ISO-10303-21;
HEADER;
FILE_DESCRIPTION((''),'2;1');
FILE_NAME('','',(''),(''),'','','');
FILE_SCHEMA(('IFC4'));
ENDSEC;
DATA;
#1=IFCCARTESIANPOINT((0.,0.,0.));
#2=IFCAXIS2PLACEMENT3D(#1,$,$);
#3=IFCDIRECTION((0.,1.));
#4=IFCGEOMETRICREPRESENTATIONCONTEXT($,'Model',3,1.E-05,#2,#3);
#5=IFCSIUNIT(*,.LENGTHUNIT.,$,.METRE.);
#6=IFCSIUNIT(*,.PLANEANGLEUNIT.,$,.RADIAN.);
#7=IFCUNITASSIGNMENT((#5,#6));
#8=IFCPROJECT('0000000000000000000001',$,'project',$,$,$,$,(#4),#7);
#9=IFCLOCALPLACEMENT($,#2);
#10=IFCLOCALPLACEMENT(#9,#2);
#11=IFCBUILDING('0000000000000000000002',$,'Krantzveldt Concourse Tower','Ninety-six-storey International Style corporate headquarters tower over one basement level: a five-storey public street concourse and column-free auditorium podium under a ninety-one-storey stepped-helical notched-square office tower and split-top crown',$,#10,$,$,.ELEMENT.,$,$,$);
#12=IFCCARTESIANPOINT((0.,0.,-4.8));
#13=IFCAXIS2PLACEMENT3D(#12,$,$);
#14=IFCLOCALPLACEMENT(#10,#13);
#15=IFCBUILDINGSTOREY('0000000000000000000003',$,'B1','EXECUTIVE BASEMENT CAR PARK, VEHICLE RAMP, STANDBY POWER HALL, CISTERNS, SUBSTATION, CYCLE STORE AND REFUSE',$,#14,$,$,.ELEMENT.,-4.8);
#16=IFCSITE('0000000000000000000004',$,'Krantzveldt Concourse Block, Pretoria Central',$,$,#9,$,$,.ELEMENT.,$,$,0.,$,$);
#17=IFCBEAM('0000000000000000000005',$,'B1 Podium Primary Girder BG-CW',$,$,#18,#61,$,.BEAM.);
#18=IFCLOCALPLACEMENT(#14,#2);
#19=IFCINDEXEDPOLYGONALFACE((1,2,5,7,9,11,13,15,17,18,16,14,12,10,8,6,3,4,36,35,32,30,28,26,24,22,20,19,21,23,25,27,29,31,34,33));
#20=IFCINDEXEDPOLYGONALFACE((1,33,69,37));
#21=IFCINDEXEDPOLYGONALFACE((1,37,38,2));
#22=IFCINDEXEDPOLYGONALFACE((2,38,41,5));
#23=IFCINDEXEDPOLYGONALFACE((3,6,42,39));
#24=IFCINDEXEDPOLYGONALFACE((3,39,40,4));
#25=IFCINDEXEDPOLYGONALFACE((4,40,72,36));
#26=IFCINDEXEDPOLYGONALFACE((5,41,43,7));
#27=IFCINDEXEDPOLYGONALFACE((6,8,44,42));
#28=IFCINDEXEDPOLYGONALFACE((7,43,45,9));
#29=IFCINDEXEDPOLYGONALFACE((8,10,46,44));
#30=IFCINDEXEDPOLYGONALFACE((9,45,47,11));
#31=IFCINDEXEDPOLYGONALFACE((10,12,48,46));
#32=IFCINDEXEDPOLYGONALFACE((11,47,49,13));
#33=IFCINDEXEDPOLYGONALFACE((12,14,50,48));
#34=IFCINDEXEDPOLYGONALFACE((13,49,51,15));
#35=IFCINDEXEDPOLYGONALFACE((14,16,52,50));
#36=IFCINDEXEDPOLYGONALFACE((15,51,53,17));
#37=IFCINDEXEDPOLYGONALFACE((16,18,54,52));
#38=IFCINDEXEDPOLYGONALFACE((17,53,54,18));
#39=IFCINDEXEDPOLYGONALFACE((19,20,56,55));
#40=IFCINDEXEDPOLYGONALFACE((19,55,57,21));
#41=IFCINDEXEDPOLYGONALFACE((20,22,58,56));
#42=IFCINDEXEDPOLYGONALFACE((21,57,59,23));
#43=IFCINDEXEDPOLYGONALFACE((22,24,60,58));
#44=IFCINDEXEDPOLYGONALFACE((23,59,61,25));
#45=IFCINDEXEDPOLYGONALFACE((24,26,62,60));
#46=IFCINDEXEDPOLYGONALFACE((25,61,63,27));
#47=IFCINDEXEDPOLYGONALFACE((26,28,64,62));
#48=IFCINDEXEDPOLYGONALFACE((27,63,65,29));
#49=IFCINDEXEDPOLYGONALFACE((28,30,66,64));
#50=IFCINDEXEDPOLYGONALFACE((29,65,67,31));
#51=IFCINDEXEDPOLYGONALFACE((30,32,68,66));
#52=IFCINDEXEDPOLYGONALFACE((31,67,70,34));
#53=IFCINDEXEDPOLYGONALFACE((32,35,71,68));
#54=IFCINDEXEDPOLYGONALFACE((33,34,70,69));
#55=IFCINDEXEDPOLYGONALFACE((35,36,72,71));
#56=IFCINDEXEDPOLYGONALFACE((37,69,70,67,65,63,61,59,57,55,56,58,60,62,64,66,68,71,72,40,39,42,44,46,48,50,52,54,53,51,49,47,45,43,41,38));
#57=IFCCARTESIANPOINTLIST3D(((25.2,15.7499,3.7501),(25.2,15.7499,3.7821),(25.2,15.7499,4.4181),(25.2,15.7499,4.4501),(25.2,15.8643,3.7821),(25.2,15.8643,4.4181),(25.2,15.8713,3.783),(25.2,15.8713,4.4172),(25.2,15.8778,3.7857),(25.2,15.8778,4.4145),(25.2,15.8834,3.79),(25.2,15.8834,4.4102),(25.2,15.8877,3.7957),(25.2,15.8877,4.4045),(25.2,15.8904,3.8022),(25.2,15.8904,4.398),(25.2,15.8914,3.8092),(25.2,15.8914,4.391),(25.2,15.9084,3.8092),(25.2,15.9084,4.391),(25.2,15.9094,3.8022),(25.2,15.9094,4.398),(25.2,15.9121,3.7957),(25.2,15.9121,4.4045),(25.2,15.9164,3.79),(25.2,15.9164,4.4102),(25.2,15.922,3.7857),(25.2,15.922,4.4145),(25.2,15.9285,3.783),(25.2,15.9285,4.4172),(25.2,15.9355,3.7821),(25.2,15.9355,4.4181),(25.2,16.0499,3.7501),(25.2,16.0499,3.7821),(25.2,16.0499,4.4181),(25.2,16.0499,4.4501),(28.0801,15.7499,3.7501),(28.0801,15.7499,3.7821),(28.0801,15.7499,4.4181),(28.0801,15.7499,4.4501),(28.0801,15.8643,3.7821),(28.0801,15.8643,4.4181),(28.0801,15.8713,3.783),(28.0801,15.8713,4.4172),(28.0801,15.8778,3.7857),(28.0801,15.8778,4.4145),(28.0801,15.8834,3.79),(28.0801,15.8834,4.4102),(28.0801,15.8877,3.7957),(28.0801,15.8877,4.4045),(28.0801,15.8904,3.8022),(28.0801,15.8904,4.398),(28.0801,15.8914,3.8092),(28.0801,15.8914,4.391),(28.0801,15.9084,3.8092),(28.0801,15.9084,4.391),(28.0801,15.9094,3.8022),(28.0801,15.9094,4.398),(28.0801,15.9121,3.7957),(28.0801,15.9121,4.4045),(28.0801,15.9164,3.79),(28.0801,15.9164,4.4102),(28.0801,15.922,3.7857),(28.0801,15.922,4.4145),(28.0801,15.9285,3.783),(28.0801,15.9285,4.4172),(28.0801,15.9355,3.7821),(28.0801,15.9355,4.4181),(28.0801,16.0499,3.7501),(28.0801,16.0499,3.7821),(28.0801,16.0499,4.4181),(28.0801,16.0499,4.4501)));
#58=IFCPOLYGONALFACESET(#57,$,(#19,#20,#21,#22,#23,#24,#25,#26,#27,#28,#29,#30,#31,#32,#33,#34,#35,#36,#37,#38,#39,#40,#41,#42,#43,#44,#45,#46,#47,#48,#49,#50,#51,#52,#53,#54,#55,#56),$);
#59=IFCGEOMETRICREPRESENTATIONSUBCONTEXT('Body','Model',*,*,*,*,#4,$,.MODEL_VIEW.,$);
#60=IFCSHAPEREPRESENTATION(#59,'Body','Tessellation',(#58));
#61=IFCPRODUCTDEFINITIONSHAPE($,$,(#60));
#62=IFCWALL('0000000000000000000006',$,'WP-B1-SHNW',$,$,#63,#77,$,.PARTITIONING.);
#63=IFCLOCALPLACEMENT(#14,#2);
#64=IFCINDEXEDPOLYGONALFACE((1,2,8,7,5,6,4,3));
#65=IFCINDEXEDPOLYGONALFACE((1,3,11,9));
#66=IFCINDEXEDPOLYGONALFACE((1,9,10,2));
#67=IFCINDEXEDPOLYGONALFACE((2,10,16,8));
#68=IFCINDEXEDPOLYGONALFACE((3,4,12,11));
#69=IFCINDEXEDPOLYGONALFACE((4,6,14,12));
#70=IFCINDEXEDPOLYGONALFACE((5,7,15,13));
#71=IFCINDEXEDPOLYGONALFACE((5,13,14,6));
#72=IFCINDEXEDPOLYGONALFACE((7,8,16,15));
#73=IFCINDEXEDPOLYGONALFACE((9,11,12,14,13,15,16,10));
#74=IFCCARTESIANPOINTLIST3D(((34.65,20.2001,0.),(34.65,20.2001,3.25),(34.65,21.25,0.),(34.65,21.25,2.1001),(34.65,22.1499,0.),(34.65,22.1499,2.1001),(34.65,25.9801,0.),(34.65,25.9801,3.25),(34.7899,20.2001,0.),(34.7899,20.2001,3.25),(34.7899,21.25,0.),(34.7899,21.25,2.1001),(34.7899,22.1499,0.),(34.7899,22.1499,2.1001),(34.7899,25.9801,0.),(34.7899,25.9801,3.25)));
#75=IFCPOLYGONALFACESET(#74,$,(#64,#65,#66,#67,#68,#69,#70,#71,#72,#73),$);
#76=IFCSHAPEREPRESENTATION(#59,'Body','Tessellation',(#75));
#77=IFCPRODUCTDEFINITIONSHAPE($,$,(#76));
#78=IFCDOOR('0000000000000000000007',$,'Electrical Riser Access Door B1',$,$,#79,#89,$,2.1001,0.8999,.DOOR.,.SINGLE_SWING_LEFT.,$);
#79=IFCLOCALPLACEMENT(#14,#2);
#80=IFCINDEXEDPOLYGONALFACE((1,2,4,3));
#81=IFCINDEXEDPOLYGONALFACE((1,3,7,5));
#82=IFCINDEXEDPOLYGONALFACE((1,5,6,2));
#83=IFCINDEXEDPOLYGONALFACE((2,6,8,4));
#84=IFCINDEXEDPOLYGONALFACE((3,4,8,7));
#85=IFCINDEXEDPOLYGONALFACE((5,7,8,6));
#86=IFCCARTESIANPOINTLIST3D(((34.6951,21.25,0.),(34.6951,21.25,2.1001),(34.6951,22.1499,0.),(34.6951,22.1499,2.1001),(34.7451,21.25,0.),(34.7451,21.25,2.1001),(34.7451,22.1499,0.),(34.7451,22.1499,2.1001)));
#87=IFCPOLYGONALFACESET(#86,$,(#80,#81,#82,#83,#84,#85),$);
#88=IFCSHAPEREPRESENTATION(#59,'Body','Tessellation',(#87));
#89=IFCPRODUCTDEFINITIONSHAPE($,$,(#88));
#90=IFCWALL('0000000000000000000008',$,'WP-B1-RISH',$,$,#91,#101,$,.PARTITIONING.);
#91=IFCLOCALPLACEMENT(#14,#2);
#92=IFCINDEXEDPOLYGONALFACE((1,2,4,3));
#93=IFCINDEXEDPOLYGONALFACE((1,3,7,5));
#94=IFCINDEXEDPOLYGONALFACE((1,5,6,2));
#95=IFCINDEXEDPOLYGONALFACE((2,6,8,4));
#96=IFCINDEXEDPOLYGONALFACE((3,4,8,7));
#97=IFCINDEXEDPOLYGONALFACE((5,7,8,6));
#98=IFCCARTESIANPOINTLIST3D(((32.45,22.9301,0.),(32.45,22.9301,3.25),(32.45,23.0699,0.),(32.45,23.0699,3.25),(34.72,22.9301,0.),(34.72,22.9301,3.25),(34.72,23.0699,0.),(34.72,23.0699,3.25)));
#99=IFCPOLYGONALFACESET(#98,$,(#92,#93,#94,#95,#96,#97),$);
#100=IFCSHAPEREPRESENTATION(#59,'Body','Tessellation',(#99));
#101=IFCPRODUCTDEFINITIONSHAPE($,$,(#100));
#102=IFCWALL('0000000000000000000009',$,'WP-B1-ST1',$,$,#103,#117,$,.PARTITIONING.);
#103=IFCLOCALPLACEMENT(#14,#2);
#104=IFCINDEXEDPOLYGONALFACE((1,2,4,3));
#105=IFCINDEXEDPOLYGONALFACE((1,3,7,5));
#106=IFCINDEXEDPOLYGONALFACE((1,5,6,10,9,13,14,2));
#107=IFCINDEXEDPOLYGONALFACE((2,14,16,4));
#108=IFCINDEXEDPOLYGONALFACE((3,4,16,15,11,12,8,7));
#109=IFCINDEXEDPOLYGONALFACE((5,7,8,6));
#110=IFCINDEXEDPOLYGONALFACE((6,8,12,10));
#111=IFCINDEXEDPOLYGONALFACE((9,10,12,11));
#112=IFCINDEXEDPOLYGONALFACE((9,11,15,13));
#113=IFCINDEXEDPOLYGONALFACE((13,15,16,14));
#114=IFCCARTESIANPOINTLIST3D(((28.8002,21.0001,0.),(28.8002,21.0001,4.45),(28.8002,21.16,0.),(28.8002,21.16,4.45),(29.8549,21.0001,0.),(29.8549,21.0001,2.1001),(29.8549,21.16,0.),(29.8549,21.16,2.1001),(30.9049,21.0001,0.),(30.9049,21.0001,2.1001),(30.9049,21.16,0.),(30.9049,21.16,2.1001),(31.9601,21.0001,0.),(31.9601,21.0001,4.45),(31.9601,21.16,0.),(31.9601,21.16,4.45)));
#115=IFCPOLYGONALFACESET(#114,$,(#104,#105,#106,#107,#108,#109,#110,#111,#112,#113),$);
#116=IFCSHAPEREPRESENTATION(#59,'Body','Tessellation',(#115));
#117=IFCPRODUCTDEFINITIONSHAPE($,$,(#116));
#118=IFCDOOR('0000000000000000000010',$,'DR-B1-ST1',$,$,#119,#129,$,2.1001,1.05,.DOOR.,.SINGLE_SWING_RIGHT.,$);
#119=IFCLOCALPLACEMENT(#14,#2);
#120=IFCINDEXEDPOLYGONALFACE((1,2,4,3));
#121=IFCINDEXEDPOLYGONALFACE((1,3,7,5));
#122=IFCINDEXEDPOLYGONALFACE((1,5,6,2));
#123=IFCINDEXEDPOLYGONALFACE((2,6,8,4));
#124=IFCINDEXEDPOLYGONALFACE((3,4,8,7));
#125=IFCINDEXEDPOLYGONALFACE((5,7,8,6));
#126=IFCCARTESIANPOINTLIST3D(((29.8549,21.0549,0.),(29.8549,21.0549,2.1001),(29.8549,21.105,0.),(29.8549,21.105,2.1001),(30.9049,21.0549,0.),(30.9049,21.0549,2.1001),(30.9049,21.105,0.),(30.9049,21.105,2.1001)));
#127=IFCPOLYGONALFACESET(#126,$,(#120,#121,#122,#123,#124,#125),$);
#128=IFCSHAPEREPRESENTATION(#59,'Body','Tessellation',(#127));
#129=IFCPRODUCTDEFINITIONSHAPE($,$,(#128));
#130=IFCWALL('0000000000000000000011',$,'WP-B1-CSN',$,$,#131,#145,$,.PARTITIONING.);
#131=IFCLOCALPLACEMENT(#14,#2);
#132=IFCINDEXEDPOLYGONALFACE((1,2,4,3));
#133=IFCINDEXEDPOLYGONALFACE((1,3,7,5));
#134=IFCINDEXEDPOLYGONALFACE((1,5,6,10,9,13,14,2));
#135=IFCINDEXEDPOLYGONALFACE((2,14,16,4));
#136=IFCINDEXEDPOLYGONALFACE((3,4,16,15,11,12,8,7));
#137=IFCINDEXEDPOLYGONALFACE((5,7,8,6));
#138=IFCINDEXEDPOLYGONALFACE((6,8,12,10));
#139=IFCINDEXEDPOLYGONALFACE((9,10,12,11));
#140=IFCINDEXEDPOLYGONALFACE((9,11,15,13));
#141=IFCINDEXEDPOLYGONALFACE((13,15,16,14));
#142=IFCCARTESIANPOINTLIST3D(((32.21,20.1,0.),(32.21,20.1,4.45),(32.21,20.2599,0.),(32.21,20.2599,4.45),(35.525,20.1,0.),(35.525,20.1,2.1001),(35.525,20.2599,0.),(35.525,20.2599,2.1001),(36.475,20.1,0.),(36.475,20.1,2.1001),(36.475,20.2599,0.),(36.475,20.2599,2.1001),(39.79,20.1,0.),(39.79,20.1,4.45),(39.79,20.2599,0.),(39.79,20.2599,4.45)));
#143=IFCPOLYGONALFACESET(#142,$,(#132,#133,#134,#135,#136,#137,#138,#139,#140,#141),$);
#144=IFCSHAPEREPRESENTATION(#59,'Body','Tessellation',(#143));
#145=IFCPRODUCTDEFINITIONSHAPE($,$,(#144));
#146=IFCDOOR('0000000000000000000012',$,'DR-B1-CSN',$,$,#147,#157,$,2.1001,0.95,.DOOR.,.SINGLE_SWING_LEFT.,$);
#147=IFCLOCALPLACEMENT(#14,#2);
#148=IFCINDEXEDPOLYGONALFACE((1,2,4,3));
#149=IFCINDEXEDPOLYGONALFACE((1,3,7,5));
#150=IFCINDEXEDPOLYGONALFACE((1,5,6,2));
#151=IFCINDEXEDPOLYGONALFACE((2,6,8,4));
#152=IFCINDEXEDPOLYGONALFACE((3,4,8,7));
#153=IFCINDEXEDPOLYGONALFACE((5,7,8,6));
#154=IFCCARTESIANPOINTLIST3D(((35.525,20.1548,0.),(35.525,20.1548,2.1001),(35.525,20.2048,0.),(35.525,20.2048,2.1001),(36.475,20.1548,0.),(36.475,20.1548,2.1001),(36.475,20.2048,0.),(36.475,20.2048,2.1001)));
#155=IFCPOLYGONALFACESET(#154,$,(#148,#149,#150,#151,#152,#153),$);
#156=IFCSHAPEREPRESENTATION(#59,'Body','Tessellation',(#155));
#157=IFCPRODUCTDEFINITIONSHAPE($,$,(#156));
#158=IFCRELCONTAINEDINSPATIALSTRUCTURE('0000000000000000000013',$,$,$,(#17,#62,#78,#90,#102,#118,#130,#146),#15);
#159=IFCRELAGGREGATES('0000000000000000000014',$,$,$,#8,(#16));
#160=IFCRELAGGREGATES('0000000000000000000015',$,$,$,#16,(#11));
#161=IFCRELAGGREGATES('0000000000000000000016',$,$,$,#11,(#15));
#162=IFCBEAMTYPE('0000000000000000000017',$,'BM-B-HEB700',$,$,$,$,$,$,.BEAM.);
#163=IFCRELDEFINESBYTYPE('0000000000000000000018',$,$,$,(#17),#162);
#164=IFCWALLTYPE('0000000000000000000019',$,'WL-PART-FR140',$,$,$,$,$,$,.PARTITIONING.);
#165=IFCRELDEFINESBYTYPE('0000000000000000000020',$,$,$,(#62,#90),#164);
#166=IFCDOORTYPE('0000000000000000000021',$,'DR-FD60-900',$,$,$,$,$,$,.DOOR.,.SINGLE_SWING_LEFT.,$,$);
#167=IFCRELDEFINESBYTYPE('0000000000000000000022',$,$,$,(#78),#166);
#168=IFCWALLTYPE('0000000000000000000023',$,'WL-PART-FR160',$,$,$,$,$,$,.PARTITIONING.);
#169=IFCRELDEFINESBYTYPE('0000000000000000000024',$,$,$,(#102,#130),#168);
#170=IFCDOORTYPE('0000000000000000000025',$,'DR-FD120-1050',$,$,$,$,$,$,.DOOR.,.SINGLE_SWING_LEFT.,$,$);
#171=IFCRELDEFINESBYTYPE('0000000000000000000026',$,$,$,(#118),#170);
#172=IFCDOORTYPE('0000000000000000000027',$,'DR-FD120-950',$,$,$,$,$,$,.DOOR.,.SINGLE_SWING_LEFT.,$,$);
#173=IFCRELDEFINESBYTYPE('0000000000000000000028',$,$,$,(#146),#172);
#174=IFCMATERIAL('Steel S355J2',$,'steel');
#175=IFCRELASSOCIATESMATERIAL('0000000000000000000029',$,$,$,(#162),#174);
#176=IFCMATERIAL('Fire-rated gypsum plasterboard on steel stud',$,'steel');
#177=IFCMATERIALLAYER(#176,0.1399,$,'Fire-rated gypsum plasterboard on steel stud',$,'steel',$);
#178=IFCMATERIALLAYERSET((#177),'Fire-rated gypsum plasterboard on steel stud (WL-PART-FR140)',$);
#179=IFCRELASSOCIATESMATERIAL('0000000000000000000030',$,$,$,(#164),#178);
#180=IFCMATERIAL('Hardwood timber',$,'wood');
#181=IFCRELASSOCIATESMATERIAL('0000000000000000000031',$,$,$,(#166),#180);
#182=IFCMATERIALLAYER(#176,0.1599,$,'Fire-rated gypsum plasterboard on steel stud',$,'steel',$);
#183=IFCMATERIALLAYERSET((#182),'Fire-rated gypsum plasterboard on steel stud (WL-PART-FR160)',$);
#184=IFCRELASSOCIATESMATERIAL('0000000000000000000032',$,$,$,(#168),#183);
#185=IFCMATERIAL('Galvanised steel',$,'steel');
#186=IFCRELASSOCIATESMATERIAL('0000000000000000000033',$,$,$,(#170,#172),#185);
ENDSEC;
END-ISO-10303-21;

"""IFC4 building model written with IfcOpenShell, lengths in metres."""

from ifc_helpers import new_model, si_unit, direction, frame, frame_2d, origin, origin_2d, place, context, subcontext, project, spatial, rectangle, i_section, extrude, source, transform, mapped, material, layer, layer_set, material_profile, profile_set, type_object, element, fill, save


model = new_model("IFC4")

# Units and contexts
model_context = context("Model", 3, precision=1e-05, world=origin(), true_north=direction((0.0, 1.0)))
body_context = subcontext(model_context, "Body", "Model", "MODEL_VIEW")
ifc_project = project(units=[si_unit("LENGTHUNIT", "METRE"), si_unit("PLANEANGLEUNIT", "RADIAN")], contexts=[model_context])

# Site, building, storey
site_placement = place(None, origin())
site = spatial("IfcSite", under=ifc_project, at=site_placement, Name="Krantzveldt Concourse Block, Pretoria Central", CompositionType="ELEMENT", RefElevation=0.0)
building_placement = place(site_placement, origin())
building = spatial("IfcBuilding", under=site, at=building_placement, Name="Krantzveldt Concourse Tower", Description="Ninety-six-storey International Style corporate headquarters tower over one basement level: a five-storey public street concourse and column-free auditorium podium under a ninety-one-storey stepped-helical notched-square office tower and split-top crown", CompositionType="ELEMENT")
storey_placement = place(building_placement, frame((0.0, 0.0, -4.8)))
storey = spatial("IfcBuildingStorey", under=building, at=storey_placement, Name="B1", Description="EXECUTIVE BASEMENT CAR PARK, VEHICLE RAMP, STANDBY POWER HALL, CISTERNS, SUBSTATION, CYCLE STORE AND REFUSE", CompositionType="ELEMENT", Elevation=-4.8)

# Beam
ifc_material_1 = material(Name="Steel S355J2", Category="steel")
ifc_material_profile_1 = material_profile(ifc_material_1, i_section(OverallWidth=0.3, OverallDepth=0.7, WebThickness=0.0171, FlangeThickness=0.032, FilletRadius=0.0271, at=origin_2d()), Name="Steel S355J2", Category="steel")
ifc_profile_set_1 = profile_set([ifc_material_profile_1], Name="Steel S355J2 - HEB 700")
beam_type_1 = type_object("IfcBeamType", Name="BM-B-HEB700", PredefinedType="BEAM", material=ifc_profile_set_1)
shared_shape_1 = source(origin(), body_context, "Body", "SweptSolid", [
    extrude(i_section(OverallWidth=0.3, OverallDepth=0.7, WebThickness=0.0171, FlangeThickness=0.032, FilletRadius=0.0271, at=origin_2d()), origin(), (0.0, 0.0, 1.0), 2.8801),
])
beam_1_placement = place(storey_placement, frame((25.2, 15.8999, 4.1001), z_axis=(1.0, 0.0, 0.0), x_axis=(0.0, 1.0, 0.0)))
element("IfcBeam", 1, at=beam_1_placement, inside=storey, type_object=beam_type_1, Name="B1 Podium Primary Girder BG-CW", PredefinedType="BEAM", context=body_context, shape_type="MappedRepresentation", body=[
    mapped(shared_shape_1, transform((0.0, 0.0, 0.0), x_axis=(1.0, 0.0, 0.0), y_axis=(0.0, 1.0, 0.0), z_axis=(0.0, 0.0, 1.0), scale=1.0)),
])

# Wall, opening, door
ifc_material_2 = material(Name="Fire-rated gypsum plasterboard on steel stud", Category="steel")
ifc_layer_1 = layer(ifc_material_2, 0.1399, Name="Fire-rated gypsum plasterboard on steel stud", Category="steel")
ifc_layer_set_1 = layer_set([ifc_layer_1], Name="Fire-rated gypsum plasterboard on steel stud (WL-PART-FR140)")
wall_type_1 = type_object("IfcWallType", Name="WL-PART-FR140", PredefinedType="PARTITIONING", material=ifc_layer_set_1)
wall_1_placement = place(storey_placement, frame((34.72, 20.2, 0.0), z_axis=(0.0, 0.0, 1.0), x_axis=(0.0, 1.0, 0.0)))
wall_1 = element("IfcWall", 2, at=wall_1_placement, inside=storey, type_object=wall_type_1, Name="WP-B1-SHNW", PredefinedType="PARTITIONING", context=body_context, shape_type="SweptSolid", body=[
    extrude(rectangle(XDim=5.78, YDim=0.1399, at=frame_2d((2.8901, 0.0))), origin(), (0.0, 0.0, 1.0), 3.25),
])
opening_1_placement = place(wall_1_placement, frame((1.05, 0.0, 0.0)))
opening_1 = element("IfcOpeningElement", 3, at=opening_1_placement, cuts=wall_1, PredefinedType="OPENING", context=body_context, shape_type="SweptSolid", body=[
    extrude(rectangle(XDim=0.8999, YDim=2.1001, at=frame_2d((0.45, 1.05))), frame((0.0, 0.0801, 0.0), z_axis=(0.0, -1.0, 0.0), x_axis=(1.0, 0.0, 0.0)), (0.0, 0.0, 1.0), 0.1599),
])
ifc_material_3 = material(Name="Hardwood timber", Category="wood")
door_type_1 = type_object("IfcDoorType", Name="DR-FD60-900", OperationType="SINGLE_SWING_LEFT", PredefinedType="DOOR", material=ifc_material_3)
door_1_placement = place(opening_1_placement, origin())
door_1 = element("IfcDoor", 4, at=door_1_placement, inside=storey, type_object=door_type_1, Name="Electrical Riser Access Door B1", OperationType="SINGLE_SWING_LEFT", OverallHeight=2.1001, OverallWidth=0.8999, PredefinedType="DOOR", context=body_context, shape_type="SweptSolid", body=[
    extrude(rectangle(XDim=0.8999, YDim=2.1001, at=frame_2d((0.45, 1.05))), frame((0.0, 0.0249, 0.0), z_axis=(0.0, -1.0, 0.0), x_axis=(1.0, 0.0, 0.0)), (0.0, 0.0, 1.0), 0.05),
])
fill(opening_1, door_1)

# Wall
wall_2_placement = place(storey_placement, frame((32.45, 23.0, 0.0), z_axis=(0.0, 0.0, 1.0), x_axis=(1.0, 0.0, 0.0)))
element("IfcWall", 5, at=wall_2_placement, inside=storey, type_object=wall_type_1, Name="WP-B1-RISH", PredefinedType="PARTITIONING", context=body_context, shape_type="SweptSolid", body=[
    extrude(rectangle(XDim=2.27, YDim=0.1399, at=frame_2d((1.135, 0.0))), origin(), (0.0, 0.0, 1.0), 3.25),
])

# Walls, openings, doors
ifc_layer_2 = layer(ifc_material_2, 0.1599, Name="Fire-rated gypsum plasterboard on steel stud", Category="steel")
ifc_layer_set_2 = layer_set([ifc_layer_2], Name="Fire-rated gypsum plasterboard on steel stud (WL-PART-FR160)")
wall_type_2 = type_object("IfcWallType", Name="WL-PART-FR160", PredefinedType="PARTITIONING", material=ifc_layer_set_2)
wall_3_placement = place(storey_placement, frame((28.8, 21.0801, 0.0), z_axis=(0.0, 0.0, 1.0), x_axis=(1.0, 0.0, 0.0)))
wall_3 = element("IfcWall", 6, at=wall_3_placement, inside=storey, type_object=wall_type_2, Name="WP-B1-ST1", PredefinedType="PARTITIONING", context=body_context, shape_type="SweptSolid", body=[
    extrude(rectangle(XDim=3.1599, YDim=0.1599, at=frame_2d((1.5801, 0.0))), origin(), (0.0, 0.0, 1.0), 4.45),
])
opening_2_placement = place(wall_3_placement, frame((1.0549, 0.0, 0.0)))
opening_2 = element("IfcOpeningElement", 7, at=opening_2_placement, cuts=wall_3, PredefinedType="OPENING", context=body_context, shape_type="SweptSolid", body=[
    extrude(rectangle(XDim=1.05, YDim=2.1001, at=frame_2d((0.5249, 1.05))), frame((0.0, 0.0898, 0.0), z_axis=(0.0, -1.0, 0.0), x_axis=(1.0, 0.0, 0.0)), (0.0, 0.0, 1.0), 0.1799),
])
ifc_material_4 = material(Name="Galvanised steel", Category="steel")
door_type_2 = type_object("IfcDoorType", Name="DR-FD120-1050", OperationType="SINGLE_SWING_LEFT", PredefinedType="DOOR", material=ifc_material_4)
door_2_placement = place(opening_2_placement, origin())
door_2 = element("IfcDoor", 8, at=door_2_placement, inside=storey, type_object=door_type_2, Name="DR-B1-ST1", OperationType="SINGLE_SWING_RIGHT", OverallHeight=2.1001, OverallWidth=1.05, PredefinedType="DOOR", context=body_context, shape_type="SweptSolid", body=[
    extrude(rectangle(XDim=1.05, YDim=2.1001, at=frame_2d((0.5249, 1.05))), frame((0.0, 0.0249, 0.0), z_axis=(0.0, -1.0, 0.0), x_axis=(1.0, 0.0, 0.0)), (0.0, 0.0, 1.0), 0.05),
])
fill(opening_2, door_2)
wall_4_placement = place(storey_placement, frame((32.21, 20.1799, 0.0), z_axis=(0.0, 0.0, 1.0), x_axis=(1.0, 0.0, 0.0)))
wall_4 = element("IfcWall", 9, at=wall_4_placement, inside=storey, type_object=wall_type_2, Name="WP-B1-CSN", PredefinedType="PARTITIONING", context=body_context, shape_type="SweptSolid", body=[
    extrude(rectangle(XDim=7.5801, YDim=0.1599, at=frame_2d((3.79, 0.0))), origin(), (0.0, 0.0, 1.0), 4.45),
])
opening_3_placement = place(wall_4_placement, frame((3.3149, 0.0, 0.0)))
opening_3 = element("IfcOpeningElement", 10, at=opening_3_placement, cuts=wall_4, PredefinedType="OPENING", context=body_context, shape_type="SweptSolid", body=[
    extrude(rectangle(XDim=0.95, YDim=2.1001, at=frame_2d((0.4751, 1.05))), frame((0.0, 0.0898, 0.0), z_axis=(0.0, -1.0, 0.0), x_axis=(1.0, 0.0, 0.0)), (0.0, 0.0, 1.0), 0.1799),
])
door_type_3 = type_object("IfcDoorType", Name="DR-FD120-950", OperationType="SINGLE_SWING_LEFT", PredefinedType="DOOR", material=ifc_material_4)
door_3_placement = place(opening_3_placement, origin())
door_3 = element("IfcDoor", 11, at=door_3_placement, inside=storey, type_object=door_type_3, Name="DR-B1-CSN", OperationType="SINGLE_SWING_LEFT", OverallHeight=2.1001, OverallWidth=0.95, PredefinedType="DOOR", context=body_context, shape_type="SweptSolid", body=[
    extrude(rectangle(XDim=0.95, YDim=2.1001, at=frame_2d((0.4751, 1.05))), frame((0.0, 0.0249, 0.0), z_axis=(0.0, -1.0, 0.0), x_axis=(1.0, 0.0, 0.0)), (0.0, 0.0, 1.0), 0.05),
])
fill(opening_3, door_3)

save(model, "model.ifc")
